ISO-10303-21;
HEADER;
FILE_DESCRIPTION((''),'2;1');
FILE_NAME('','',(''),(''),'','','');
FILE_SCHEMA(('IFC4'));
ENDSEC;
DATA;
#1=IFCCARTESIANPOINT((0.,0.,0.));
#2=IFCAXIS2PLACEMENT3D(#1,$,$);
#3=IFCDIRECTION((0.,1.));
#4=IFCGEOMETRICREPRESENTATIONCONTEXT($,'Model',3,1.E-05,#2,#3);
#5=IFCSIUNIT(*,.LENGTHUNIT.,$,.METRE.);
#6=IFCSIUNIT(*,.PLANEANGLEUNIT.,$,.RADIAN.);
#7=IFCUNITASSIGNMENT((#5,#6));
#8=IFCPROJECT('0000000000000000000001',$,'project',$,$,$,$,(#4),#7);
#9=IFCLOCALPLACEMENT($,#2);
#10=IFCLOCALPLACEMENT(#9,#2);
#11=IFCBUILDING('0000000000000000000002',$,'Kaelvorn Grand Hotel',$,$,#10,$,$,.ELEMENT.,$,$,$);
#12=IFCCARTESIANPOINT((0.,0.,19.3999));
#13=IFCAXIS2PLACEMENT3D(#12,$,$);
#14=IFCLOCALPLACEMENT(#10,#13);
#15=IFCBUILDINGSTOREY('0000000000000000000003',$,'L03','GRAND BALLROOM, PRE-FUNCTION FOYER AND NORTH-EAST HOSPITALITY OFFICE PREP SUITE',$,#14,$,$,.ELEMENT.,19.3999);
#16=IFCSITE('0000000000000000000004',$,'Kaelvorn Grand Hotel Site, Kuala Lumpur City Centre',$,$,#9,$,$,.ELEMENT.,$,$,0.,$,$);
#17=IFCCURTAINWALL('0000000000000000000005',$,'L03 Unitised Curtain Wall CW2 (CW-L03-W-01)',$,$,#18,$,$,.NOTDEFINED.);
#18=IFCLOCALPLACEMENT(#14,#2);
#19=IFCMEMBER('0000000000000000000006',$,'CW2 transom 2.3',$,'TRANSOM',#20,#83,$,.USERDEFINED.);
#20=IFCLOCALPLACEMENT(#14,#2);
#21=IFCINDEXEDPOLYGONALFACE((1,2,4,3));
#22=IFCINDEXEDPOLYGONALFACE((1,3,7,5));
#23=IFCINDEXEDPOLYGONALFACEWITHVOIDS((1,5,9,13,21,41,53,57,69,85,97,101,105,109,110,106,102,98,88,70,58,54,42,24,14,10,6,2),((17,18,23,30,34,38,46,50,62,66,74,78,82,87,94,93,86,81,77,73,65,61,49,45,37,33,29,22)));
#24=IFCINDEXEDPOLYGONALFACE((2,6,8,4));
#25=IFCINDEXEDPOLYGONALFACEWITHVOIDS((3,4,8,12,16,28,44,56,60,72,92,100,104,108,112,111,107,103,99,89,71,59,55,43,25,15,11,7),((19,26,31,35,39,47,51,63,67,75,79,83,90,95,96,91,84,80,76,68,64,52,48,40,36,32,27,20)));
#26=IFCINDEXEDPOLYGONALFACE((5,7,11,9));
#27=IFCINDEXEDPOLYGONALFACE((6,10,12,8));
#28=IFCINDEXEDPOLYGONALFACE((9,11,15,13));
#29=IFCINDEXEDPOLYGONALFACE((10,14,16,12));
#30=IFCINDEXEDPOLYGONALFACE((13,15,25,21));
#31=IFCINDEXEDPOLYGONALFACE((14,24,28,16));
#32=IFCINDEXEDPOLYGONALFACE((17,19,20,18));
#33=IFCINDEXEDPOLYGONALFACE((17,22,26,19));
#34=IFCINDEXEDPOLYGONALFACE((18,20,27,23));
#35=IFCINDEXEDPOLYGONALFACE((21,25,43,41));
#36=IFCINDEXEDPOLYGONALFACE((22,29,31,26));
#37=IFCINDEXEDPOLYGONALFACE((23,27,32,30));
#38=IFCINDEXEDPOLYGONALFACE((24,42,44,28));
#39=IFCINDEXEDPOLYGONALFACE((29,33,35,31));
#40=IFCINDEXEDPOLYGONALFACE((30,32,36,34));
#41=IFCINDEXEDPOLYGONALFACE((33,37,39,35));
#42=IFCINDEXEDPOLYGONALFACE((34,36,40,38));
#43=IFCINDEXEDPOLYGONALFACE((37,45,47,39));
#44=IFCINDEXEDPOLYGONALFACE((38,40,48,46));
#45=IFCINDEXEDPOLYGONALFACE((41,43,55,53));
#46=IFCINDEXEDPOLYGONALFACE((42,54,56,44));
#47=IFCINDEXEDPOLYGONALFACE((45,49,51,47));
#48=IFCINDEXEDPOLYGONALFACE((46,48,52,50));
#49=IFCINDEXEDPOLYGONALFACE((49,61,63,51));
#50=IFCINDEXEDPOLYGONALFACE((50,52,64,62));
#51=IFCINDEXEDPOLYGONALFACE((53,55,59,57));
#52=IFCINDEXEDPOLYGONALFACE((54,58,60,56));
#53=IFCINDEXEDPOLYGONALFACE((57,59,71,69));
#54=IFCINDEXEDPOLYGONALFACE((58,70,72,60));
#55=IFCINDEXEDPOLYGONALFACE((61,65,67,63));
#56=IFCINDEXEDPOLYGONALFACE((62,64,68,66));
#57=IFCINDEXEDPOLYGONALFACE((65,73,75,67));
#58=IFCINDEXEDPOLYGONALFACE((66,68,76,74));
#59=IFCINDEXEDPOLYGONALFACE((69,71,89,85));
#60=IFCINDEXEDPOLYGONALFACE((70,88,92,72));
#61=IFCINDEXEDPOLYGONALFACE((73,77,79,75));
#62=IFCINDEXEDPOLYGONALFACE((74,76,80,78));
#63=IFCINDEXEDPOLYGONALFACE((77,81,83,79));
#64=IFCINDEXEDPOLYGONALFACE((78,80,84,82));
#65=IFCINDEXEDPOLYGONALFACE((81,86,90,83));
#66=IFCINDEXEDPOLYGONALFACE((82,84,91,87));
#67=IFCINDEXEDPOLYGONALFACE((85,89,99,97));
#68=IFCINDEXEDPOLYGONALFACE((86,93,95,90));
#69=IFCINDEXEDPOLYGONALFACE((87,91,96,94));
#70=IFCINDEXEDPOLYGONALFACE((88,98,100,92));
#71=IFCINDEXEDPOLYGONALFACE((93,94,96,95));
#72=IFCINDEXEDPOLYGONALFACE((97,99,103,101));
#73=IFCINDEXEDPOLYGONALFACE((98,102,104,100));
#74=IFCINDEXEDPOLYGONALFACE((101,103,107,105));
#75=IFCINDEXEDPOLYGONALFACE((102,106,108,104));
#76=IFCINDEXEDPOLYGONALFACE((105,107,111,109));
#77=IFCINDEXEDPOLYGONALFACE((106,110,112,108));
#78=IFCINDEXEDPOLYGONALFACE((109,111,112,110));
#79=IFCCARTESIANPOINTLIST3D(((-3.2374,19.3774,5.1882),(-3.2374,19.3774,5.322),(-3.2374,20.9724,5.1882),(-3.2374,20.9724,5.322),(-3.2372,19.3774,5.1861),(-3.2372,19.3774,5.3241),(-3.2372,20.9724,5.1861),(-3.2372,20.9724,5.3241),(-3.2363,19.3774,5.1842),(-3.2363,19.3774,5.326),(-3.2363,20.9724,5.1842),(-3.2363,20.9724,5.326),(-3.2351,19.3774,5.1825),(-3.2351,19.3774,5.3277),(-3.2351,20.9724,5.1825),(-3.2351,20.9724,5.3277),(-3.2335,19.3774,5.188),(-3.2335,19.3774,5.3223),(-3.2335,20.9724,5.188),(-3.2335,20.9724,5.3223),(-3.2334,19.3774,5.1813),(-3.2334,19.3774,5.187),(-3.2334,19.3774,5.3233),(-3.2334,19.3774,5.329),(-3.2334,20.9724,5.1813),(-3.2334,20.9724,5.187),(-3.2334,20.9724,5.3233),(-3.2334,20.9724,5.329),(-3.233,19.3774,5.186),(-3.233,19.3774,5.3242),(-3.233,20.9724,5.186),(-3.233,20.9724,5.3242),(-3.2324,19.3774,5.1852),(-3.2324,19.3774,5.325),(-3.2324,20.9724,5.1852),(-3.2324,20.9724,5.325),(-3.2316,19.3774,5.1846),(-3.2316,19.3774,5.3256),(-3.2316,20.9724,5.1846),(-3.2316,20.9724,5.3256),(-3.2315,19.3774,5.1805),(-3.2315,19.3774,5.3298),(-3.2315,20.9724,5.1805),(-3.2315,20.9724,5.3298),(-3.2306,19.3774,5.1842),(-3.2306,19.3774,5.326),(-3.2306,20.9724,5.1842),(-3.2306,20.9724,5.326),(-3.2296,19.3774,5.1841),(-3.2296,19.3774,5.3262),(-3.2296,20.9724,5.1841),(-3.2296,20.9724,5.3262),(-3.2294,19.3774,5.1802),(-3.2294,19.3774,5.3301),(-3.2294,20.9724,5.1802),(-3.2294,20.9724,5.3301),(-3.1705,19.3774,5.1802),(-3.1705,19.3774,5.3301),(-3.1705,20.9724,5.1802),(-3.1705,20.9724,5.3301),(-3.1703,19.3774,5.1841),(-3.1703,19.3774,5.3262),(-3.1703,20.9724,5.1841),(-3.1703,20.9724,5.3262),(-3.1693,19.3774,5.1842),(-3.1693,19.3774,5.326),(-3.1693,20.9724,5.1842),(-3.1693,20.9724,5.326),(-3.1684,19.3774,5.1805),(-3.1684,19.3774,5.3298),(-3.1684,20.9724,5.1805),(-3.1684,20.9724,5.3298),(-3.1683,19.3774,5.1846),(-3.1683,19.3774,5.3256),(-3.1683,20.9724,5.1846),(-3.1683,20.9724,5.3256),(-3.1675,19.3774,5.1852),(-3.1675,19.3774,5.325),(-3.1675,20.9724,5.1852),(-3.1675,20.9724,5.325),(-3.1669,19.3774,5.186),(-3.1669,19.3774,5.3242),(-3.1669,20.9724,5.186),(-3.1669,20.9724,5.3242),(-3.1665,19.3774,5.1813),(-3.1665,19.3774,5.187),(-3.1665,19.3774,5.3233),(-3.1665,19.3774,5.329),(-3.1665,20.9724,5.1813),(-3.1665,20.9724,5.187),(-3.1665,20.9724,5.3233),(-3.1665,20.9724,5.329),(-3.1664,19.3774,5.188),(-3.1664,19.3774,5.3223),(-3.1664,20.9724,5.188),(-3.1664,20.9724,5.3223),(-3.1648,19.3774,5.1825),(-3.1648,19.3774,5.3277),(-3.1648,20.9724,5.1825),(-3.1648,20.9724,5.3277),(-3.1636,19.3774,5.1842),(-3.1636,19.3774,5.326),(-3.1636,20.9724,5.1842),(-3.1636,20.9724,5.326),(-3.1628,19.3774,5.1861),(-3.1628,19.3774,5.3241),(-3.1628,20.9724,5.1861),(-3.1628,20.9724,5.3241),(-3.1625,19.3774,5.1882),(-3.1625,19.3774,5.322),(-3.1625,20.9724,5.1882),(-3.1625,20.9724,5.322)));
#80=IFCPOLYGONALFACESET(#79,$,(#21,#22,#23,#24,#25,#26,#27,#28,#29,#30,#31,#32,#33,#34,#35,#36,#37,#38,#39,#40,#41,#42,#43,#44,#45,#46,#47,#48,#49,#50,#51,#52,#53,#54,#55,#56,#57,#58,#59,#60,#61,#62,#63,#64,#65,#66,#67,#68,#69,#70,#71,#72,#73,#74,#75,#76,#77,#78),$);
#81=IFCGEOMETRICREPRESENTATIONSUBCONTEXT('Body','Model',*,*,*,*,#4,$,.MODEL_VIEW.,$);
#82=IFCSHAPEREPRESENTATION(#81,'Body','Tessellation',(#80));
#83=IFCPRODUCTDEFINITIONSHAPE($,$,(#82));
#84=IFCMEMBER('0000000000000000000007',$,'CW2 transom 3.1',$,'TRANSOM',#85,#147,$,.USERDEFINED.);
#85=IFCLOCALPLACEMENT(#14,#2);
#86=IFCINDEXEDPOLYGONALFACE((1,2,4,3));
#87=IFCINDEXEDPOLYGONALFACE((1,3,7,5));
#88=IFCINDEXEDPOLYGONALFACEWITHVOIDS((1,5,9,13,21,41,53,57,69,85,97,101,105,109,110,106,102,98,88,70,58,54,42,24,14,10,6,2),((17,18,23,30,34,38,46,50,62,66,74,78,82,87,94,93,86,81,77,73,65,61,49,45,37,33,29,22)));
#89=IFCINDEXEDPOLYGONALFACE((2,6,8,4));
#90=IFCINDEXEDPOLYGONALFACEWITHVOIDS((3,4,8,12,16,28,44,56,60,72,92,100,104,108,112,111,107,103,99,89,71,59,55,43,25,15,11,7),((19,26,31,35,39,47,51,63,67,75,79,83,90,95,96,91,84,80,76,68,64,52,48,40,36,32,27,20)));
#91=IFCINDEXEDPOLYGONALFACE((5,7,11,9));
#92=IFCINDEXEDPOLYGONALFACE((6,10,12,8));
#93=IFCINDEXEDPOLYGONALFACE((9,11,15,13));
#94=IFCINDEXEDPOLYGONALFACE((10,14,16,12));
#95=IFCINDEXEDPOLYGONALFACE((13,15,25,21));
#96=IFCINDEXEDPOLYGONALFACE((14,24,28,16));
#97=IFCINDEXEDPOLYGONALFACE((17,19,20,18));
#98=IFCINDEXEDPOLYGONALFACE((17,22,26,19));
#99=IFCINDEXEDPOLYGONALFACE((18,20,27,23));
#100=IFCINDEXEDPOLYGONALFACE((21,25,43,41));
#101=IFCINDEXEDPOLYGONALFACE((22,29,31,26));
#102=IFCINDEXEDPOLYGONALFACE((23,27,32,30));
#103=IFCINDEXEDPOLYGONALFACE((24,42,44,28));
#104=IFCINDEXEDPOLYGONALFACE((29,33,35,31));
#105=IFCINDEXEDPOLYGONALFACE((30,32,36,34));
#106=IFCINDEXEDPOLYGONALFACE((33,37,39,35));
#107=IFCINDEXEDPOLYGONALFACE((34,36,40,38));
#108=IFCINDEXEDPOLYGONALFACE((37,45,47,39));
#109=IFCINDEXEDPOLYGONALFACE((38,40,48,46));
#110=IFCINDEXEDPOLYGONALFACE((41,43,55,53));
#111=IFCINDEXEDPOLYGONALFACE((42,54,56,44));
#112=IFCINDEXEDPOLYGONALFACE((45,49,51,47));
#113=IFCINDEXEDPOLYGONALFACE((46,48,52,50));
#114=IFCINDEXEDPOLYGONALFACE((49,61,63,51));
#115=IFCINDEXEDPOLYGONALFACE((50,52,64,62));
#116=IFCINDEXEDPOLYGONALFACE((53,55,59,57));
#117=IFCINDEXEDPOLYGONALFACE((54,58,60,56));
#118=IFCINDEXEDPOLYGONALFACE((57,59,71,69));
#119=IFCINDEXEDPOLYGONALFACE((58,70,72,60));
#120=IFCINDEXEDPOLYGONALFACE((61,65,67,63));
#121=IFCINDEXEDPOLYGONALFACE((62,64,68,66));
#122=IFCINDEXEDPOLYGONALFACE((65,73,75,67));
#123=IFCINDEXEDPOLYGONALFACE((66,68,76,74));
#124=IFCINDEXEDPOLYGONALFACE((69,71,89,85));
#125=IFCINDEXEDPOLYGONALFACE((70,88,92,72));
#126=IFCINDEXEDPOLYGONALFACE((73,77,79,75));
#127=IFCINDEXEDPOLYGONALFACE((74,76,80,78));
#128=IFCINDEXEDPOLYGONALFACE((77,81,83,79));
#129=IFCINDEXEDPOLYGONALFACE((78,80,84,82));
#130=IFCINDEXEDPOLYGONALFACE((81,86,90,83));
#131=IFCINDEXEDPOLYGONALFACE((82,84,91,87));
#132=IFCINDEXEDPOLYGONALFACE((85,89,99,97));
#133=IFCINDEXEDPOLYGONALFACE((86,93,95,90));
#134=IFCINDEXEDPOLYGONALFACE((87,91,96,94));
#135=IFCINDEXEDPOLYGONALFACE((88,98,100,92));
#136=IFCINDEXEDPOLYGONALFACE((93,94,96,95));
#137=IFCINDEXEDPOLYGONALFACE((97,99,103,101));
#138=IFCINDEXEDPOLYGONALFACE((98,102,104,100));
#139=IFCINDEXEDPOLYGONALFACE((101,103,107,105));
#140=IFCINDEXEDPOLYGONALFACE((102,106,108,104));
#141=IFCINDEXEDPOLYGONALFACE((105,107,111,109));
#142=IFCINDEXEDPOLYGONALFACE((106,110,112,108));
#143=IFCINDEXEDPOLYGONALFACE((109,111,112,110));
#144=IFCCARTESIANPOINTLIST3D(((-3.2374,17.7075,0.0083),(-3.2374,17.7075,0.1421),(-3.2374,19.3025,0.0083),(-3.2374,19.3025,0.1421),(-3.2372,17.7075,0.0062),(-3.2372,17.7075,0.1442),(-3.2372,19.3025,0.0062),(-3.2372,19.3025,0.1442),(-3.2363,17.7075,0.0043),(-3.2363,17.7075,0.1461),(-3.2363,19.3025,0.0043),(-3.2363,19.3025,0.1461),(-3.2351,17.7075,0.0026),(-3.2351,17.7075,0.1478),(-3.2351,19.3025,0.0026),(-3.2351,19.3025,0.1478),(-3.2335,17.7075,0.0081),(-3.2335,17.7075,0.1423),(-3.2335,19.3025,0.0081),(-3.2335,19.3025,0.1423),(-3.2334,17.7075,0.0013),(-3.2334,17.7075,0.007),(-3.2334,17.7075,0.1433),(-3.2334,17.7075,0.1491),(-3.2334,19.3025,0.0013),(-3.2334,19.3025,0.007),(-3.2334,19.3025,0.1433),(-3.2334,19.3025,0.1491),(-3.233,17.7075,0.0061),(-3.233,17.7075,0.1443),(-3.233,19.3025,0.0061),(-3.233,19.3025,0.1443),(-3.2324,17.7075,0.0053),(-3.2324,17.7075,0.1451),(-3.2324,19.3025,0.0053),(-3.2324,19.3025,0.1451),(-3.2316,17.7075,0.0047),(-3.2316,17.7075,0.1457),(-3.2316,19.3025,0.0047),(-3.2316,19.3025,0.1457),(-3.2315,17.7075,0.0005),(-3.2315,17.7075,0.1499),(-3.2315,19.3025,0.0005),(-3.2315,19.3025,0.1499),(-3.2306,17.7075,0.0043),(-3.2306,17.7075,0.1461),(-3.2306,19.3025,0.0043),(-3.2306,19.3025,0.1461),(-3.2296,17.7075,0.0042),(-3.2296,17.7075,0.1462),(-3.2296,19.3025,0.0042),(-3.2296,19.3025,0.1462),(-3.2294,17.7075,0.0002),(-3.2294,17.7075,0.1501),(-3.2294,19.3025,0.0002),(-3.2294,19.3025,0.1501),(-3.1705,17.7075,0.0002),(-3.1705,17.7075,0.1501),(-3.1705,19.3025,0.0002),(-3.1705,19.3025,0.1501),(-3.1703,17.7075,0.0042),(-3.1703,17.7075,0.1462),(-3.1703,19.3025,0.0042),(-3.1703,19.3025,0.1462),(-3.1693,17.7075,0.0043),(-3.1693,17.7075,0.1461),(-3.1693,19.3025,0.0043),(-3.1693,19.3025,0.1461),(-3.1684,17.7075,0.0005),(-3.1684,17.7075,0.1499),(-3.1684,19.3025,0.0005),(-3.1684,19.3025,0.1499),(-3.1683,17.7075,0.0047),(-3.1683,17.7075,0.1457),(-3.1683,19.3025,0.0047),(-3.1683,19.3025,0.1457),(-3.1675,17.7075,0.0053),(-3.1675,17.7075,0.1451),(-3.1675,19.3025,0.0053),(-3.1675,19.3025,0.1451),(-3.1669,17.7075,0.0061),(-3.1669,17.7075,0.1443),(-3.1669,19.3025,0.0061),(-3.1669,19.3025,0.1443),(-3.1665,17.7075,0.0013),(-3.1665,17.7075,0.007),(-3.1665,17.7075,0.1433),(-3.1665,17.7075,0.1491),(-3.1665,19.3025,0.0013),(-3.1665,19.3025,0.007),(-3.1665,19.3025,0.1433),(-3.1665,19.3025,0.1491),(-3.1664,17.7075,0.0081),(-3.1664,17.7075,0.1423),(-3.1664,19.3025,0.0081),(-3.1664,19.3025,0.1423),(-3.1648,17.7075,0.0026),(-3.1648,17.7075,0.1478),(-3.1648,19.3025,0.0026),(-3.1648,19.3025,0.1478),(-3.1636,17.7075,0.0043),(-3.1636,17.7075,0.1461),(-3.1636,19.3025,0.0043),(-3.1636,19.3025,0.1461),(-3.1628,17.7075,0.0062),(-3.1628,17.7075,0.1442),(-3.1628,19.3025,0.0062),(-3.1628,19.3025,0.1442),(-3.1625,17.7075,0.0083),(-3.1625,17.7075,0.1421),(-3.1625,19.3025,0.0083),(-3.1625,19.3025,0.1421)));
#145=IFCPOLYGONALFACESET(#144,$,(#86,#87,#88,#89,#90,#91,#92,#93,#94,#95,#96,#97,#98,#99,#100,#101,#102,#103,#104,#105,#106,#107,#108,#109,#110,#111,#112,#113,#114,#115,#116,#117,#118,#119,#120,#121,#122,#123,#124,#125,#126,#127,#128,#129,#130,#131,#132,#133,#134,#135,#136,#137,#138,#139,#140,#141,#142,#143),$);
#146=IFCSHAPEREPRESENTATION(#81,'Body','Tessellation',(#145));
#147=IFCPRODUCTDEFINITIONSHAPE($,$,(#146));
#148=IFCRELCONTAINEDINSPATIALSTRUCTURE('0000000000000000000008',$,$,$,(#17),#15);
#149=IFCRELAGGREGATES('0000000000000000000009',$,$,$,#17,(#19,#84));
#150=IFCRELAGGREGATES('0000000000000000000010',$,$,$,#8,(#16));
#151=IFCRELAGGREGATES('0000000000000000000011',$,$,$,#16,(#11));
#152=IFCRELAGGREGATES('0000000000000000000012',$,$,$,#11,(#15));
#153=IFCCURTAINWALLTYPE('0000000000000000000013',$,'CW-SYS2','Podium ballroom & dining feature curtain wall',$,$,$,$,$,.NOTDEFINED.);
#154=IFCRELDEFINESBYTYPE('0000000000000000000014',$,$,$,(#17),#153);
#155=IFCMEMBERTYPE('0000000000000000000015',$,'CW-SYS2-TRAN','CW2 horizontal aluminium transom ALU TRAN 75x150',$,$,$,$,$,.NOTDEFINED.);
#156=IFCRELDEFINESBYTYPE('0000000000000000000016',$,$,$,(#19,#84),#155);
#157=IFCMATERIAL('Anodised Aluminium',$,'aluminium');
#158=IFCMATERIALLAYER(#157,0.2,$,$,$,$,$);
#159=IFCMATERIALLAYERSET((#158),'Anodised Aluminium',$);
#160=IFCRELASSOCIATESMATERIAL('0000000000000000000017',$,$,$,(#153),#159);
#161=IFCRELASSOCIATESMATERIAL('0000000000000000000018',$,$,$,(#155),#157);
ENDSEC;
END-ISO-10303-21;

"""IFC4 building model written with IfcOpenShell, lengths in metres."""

from ifc_helpers import new_model, si_unit, direction, frame, origin, origin_2d, place, context, subcontext, project, spatial, hollow_rectangle, extrude, material, layer, layer_set, material_profile, profile_set, type_object, element, aggregate, save


model = new_model("IFC4")

# Units and contexts
model_context = context("Model", 3, precision=1e-05, world=origin(), true_north=direction((0.0, 1.0)))
body_context = subcontext(model_context, "Body", "Model", "MODEL_VIEW")
ifc_project = project(units=[si_unit("LENGTHUNIT", "METRE"), si_unit("PLANEANGLEUNIT", "RADIAN")], contexts=[model_context])

# Site, building, storey
site_placement = place(None, origin())
site = spatial("IfcSite", under=ifc_project, at=site_placement, Name="Kaelvorn Grand Hotel Site, Kuala Lumpur City Centre", CompositionType="ELEMENT", RefElevation=0.0)
building_placement = place(site_placement, origin())
building = spatial("IfcBuilding", under=site, at=building_placement, Name="Kaelvorn Grand Hotel", CompositionType="ELEMENT")
storey_placement = place(building_placement, frame((0.0, 0.0, 19.3999)))
storey = spatial("IfcBuildingStorey", under=building, at=storey_placement, Name="L03", Description="GRAND BALLROOM, PRE-FUNCTION FOYER AND NORTH-EAST HOSPITALITY OFFICE PREP SUITE", CompositionType="ELEMENT", Elevation=19.3999)

# Curtain wall, members
ifc_material_1 = material(Name="Anodised Aluminium", Category="aluminium")
ifc_layer_1 = layer(ifc_material_1, 0.2)
ifc_layer_set_1 = layer_set([ifc_layer_1], Name="Anodised Aluminium")
curtain_wall_type = type_object("IfcCurtainWallType", Name="CW-SYS2", Description="Podium ballroom & dining feature curtain wall", PredefinedType="NOTDEFINED", material=ifc_layer_set_1)
curtain_wall_placement = place(storey_placement, origin())
curtain_wall = element("IfcCurtainWall", 1, at=curtain_wall_placement, inside=storey, type_object=curtain_wall_type, Name="L03 Unitised Curtain Wall CW2 (CW-L03-W-01)", PredefinedType="NOTDEFINED")
ifc_material_profile_1 = material_profile(ifc_material_1, hollow_rectangle(XDim=0.075, YDim=0.1499, WallThickness=0.0039, InnerFilletRadius=0.0039, OuterFilletRadius=0.0081, at=origin_2d()), Name="ALU TRAN 75x150")
ifc_profile_set_1 = profile_set([ifc_material_profile_1], Name="Anodised Aluminium")
member_type_1 = type_object("IfcMemberType", Name="CW-SYS2-TRAN", Description="CW2 horizontal aluminium transom ALU TRAN 75x150", PredefinedType="NOTDEFINED", material=ifc_profile_set_1)
member_1_placement = place(storey_placement, frame((-3.2, 20.9724, 5.2551), z_axis=(0.0, -1.0, 0.0), x_axis=(1.0, 0.0, 0.0)))
member_1 = element("IfcMember", 2, at=member_1_placement, type_object=member_type_1, Name="CW2 transom 2.3", ObjectType="TRANSOM", PredefinedType="USERDEFINED", context=body_context, shape_type="SweptSolid", body=[
    extrude(hollow_rectangle(XDim=0.075, YDim=0.1499, WallThickness=0.0039, InnerFilletRadius=0.0039, OuterFilletRadius=0.0081, at=origin_2d()), origin(), (0.0, 0.0, 1.0), 1.595),
])
member_2_placement = place(storey_placement, frame((-3.2, 19.3025, 0.0752), z_axis=(0.0, -1.0, 0.0), x_axis=(1.0, 0.0, 0.0)))
member_2 = element("IfcMember", 3, at=member_2_placement, type_object=member_type_1, Name="CW2 transom 3.1", ObjectType="TRANSOM", PredefinedType="USERDEFINED", context=body_context, shape_type="SweptSolid", body=[
    extrude(hollow_rectangle(XDim=0.075, YDim=0.1499, WallThickness=0.0039, InnerFilletRadius=0.0039, OuterFilletRadius=0.0081, at=origin_2d()), origin(), (0.0, 0.0, 1.0), 1.595),
])
aggregate(curtain_wall, [member_1, member_2])

save(model, "model.ifc")
